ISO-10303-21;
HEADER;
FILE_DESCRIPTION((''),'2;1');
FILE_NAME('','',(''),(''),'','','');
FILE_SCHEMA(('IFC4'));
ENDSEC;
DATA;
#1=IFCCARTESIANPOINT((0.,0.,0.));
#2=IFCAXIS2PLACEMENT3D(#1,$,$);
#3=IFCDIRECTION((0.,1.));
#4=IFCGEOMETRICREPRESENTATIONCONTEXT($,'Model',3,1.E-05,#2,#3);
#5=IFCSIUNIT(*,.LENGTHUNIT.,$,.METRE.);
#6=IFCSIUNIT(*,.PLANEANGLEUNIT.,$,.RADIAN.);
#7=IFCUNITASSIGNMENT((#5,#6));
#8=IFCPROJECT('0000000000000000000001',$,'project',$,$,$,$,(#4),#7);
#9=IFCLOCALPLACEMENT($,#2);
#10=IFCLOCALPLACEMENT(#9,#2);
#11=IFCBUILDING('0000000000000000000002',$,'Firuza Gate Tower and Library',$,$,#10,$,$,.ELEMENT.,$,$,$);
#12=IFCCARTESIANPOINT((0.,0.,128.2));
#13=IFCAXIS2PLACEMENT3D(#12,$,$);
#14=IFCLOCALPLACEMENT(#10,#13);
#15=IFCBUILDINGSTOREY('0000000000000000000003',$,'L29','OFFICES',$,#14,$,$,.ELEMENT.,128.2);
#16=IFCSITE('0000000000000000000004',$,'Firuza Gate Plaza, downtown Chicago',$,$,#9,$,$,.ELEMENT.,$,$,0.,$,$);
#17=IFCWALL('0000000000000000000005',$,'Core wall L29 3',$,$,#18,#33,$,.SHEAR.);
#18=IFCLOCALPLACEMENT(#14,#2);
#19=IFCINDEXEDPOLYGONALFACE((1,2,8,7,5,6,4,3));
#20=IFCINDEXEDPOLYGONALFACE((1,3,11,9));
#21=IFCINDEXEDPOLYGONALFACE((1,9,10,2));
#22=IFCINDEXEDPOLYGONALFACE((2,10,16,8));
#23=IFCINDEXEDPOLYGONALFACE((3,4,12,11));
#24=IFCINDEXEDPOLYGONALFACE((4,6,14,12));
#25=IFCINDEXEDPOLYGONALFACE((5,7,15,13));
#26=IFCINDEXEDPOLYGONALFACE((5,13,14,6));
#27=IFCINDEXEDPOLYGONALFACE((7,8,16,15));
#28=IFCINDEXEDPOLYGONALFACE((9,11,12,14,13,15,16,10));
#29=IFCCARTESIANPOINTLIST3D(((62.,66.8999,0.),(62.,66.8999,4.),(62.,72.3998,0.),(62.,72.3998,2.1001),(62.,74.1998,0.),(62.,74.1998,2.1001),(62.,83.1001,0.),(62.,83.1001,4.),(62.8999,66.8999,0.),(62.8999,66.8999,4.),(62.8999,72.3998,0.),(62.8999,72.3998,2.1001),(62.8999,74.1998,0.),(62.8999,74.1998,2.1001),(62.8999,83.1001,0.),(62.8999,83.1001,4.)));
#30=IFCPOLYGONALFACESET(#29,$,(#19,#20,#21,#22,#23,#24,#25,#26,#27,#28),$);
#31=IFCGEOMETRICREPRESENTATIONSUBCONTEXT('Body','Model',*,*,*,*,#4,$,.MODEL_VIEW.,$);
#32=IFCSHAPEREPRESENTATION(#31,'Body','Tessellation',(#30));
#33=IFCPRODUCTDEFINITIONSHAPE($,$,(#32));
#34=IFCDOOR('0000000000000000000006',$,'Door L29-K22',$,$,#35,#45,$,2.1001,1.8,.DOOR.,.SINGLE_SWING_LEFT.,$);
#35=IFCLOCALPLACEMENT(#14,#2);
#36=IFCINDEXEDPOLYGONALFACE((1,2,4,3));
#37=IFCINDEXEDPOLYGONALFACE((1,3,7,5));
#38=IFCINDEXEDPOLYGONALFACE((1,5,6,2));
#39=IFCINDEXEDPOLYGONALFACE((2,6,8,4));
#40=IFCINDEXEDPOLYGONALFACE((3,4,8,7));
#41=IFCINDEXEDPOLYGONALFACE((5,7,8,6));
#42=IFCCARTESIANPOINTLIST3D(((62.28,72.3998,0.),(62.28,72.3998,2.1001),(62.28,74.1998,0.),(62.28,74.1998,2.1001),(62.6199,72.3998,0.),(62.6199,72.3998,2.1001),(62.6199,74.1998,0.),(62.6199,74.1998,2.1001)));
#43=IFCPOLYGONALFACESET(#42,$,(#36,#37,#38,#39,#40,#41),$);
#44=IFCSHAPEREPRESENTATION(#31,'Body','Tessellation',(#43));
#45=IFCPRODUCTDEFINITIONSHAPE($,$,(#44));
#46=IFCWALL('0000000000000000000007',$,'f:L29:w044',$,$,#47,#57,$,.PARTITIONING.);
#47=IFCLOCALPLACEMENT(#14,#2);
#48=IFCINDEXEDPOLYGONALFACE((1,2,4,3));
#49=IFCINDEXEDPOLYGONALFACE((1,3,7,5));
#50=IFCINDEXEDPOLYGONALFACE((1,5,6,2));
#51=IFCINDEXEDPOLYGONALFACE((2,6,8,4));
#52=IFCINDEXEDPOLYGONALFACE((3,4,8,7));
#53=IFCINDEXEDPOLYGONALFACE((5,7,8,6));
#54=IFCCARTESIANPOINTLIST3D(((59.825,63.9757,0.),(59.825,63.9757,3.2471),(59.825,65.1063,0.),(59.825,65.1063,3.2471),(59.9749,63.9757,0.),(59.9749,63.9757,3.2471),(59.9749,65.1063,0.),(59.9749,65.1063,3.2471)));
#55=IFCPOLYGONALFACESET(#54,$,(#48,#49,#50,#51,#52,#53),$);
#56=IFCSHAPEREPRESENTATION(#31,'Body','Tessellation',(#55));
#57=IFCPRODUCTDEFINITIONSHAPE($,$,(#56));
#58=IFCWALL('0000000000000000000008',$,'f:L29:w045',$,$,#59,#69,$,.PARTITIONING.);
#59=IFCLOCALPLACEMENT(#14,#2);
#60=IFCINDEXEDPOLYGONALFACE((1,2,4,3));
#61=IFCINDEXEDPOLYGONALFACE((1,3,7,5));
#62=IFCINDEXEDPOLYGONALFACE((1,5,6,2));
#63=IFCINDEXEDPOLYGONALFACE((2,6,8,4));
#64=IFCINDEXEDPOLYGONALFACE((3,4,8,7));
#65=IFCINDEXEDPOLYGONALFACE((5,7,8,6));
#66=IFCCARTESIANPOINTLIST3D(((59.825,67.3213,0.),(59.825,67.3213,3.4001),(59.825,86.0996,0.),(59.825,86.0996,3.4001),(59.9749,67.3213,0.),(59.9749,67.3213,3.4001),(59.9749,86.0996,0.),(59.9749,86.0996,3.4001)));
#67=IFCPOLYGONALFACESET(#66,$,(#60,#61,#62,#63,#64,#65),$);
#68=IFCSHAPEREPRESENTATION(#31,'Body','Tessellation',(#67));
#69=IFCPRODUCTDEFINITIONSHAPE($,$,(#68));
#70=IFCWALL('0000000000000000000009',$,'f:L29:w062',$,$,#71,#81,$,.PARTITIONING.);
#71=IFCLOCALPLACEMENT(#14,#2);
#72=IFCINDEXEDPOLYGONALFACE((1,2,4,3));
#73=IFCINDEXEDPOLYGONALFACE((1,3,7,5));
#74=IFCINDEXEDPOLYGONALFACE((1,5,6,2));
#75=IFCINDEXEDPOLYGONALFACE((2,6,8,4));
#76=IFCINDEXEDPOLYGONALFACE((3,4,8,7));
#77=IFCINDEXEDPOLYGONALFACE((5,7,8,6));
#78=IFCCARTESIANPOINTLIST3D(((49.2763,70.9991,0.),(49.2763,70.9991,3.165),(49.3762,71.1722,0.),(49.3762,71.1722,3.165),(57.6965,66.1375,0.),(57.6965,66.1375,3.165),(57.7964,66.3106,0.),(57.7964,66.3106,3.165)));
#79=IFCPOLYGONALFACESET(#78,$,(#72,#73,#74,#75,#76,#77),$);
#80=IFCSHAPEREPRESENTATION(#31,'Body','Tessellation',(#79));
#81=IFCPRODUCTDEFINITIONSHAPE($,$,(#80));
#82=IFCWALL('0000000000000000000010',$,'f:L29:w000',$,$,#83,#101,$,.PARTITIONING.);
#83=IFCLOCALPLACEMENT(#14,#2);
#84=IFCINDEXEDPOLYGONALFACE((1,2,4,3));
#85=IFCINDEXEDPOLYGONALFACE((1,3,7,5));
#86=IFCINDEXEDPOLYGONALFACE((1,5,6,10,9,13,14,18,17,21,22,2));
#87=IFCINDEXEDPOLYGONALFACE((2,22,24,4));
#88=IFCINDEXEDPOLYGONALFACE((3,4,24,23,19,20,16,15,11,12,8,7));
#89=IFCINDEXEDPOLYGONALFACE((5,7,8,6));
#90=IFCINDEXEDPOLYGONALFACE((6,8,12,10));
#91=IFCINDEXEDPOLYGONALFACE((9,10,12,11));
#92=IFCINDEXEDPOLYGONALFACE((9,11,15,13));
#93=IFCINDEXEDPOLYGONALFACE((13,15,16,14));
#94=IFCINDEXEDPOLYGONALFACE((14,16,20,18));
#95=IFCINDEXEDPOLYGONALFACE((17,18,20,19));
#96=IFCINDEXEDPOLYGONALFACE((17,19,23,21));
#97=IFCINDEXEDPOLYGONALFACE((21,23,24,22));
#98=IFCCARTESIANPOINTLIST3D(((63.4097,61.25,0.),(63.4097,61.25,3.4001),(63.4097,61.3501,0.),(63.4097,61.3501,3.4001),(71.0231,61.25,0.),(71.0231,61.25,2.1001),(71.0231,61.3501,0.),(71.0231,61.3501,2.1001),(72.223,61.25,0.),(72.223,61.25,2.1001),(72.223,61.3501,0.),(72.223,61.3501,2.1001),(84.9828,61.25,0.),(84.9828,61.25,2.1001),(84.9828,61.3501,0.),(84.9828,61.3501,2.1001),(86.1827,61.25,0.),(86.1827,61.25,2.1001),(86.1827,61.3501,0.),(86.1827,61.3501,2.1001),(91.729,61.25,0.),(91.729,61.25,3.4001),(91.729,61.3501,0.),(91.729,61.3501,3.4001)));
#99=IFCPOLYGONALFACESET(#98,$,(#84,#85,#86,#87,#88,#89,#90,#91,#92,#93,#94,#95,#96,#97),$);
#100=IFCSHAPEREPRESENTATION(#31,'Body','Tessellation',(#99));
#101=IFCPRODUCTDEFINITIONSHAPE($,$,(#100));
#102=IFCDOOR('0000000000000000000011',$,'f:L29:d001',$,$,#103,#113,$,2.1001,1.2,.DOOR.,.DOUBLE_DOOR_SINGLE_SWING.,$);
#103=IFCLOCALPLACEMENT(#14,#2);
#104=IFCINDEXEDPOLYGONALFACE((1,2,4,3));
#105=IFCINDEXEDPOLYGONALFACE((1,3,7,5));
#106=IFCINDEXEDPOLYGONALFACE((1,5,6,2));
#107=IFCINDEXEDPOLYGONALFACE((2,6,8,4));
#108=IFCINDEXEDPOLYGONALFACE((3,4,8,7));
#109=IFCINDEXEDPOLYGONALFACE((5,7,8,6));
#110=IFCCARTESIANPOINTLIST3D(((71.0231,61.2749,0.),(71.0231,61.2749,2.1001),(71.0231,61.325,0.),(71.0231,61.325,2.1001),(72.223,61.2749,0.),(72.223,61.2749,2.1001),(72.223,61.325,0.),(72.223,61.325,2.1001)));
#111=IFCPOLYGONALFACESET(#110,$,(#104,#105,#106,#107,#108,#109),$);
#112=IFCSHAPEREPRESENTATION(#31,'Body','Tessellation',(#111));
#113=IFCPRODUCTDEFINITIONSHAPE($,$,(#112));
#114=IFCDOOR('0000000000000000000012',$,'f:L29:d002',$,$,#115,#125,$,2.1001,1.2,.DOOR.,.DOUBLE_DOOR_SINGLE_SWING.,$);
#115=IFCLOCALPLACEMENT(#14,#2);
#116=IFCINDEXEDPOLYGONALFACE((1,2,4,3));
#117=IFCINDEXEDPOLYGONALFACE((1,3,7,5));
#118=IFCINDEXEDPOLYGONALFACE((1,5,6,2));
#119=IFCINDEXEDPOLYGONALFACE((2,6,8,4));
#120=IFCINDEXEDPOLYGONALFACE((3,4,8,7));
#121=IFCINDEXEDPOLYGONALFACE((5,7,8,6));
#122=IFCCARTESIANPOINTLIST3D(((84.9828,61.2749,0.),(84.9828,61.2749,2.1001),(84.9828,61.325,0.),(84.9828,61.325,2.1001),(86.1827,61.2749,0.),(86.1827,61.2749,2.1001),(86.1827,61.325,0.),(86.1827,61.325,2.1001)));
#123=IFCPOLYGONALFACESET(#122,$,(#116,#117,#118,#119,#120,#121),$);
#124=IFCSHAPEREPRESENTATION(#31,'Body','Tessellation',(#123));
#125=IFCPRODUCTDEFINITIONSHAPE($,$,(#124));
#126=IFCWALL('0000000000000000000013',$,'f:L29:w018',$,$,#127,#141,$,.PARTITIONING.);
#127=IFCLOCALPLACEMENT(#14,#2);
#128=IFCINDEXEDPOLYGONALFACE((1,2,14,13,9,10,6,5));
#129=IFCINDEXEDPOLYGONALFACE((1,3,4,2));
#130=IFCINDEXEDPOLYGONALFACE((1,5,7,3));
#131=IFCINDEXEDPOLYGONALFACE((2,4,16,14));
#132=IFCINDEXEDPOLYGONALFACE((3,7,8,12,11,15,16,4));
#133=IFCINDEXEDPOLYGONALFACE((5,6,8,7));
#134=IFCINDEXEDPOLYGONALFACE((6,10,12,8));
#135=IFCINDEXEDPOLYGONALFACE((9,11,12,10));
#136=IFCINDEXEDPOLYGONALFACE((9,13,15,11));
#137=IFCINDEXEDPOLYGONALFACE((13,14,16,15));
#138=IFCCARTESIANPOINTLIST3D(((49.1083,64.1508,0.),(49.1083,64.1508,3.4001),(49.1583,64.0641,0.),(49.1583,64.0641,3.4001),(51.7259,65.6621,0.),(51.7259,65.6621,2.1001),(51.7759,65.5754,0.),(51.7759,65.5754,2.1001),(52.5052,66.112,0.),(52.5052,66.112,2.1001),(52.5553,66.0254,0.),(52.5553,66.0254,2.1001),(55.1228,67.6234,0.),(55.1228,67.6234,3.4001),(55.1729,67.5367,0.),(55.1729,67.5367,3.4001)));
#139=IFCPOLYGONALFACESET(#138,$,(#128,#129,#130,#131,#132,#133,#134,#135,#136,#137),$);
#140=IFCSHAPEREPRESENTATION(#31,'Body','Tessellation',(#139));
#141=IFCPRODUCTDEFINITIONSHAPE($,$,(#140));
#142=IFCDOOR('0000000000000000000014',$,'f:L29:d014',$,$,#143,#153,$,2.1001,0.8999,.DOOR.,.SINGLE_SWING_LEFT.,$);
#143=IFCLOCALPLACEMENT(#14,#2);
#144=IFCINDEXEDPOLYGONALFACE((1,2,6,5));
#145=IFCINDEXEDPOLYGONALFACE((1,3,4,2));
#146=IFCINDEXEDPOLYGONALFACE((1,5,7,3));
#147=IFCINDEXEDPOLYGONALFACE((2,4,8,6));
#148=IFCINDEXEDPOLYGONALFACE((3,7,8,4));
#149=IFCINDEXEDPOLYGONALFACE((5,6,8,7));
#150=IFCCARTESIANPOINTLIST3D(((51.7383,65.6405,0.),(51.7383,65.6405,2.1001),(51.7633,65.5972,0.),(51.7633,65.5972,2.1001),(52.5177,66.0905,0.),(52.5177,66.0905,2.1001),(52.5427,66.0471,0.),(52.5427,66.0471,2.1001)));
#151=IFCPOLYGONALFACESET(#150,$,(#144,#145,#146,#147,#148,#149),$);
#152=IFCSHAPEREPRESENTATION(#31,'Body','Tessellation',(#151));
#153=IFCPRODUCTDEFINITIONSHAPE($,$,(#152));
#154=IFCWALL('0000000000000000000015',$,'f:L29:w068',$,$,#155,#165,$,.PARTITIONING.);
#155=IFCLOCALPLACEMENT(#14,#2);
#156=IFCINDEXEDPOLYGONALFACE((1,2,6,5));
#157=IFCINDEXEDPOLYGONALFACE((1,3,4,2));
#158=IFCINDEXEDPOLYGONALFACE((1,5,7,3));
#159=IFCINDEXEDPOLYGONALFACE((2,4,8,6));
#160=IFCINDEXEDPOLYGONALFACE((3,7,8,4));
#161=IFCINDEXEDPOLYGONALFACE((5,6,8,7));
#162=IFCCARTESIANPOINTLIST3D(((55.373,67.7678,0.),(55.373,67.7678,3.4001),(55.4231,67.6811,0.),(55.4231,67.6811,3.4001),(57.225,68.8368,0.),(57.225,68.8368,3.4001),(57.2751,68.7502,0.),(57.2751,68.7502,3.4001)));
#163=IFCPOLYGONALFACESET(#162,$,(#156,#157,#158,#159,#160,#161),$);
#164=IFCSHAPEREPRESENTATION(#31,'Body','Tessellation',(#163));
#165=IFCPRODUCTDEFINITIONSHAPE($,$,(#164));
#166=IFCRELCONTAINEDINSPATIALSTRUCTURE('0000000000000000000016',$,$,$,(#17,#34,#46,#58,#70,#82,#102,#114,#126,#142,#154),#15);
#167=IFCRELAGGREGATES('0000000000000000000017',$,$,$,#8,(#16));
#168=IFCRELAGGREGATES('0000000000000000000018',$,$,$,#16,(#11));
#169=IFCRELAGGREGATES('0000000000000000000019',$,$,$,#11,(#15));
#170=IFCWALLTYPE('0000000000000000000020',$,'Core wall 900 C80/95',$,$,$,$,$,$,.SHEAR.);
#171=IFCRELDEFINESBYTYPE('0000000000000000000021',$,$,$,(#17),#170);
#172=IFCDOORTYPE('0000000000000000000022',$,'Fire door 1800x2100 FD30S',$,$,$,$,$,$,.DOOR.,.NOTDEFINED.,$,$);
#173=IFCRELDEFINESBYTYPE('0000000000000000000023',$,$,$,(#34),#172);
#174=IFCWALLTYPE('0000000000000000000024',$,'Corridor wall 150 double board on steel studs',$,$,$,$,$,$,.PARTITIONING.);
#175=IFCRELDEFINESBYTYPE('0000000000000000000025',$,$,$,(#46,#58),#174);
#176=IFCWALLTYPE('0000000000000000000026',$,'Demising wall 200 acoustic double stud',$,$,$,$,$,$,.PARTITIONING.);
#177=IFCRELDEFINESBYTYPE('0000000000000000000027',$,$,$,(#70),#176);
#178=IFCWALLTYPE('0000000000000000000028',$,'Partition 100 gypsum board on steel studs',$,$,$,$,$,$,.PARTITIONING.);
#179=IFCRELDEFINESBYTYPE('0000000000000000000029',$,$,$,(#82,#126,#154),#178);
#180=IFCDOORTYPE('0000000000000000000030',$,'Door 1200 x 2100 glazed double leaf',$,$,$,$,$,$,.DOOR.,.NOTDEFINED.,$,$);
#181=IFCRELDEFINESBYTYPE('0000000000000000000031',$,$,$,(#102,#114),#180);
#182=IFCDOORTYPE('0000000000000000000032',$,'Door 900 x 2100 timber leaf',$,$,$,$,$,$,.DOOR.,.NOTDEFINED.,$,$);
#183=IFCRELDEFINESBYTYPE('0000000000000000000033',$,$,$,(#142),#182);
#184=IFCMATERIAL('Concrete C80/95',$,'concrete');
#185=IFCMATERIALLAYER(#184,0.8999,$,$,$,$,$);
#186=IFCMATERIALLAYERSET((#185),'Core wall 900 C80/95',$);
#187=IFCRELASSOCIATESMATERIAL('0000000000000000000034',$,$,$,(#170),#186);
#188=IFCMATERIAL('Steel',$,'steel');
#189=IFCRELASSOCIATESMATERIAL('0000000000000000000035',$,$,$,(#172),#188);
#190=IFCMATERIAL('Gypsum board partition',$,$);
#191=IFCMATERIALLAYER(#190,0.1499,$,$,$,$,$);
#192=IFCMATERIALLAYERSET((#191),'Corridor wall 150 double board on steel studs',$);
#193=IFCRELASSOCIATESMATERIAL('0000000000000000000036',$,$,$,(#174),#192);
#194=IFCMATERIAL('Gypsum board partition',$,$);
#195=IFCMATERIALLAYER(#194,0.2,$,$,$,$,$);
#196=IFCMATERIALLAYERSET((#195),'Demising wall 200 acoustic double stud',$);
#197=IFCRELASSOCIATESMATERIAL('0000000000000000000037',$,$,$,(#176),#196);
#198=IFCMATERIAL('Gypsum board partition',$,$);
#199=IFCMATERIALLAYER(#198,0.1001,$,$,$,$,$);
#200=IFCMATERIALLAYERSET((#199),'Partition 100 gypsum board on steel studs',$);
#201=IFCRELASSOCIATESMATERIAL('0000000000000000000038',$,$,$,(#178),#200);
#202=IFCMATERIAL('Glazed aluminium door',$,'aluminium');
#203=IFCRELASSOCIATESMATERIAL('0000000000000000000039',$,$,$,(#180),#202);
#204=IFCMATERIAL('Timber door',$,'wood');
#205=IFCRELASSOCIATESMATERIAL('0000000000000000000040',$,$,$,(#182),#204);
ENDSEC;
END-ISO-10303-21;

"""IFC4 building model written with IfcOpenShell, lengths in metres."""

from ifc_helpers import new_model, si_unit, direction, frame, frame_2d, origin, place, context, subcontext, project, spatial, rectangle, extrude, material, layer, layer_set, type_object, element, fill, save


model = new_model("IFC4")

# Units and contexts
model_context = context("Model", 3, precision=1e-05, world=origin(), true_north=direction((0.0, 1.0)))
body_context = subcontext(model_context, "Body", "Model", "MODEL_VIEW")
ifc_project = project(units=[si_unit("LENGTHUNIT", "METRE"), si_unit("PLANEANGLEUNIT", "RADIAN")], contexts=[model_context])

# Site, building, storey
site_placement = place(None, origin())
site = spatial("IfcSite", under=ifc_project, at=site_placement, Name="Firuza Gate Plaza, downtown Chicago", CompositionType="ELEMENT", RefElevation=0.0)
building_placement = place(site_placement, origin())
building = spatial("IfcBuilding", under=site, at=building_placement, Name="Firuza Gate Tower and Library", CompositionType="ELEMENT")
storey_placement = place(building_placement, frame((0.0, 0.0, 128.2)))
storey = spatial("IfcBuildingStorey", under=building, at=storey_placement, Name="L29", Description="OFFICES", CompositionType="ELEMENT", Elevation=128.2)

# Shared definitions
ifc_material_1 = material(Name="Concrete C80/95", Category="concrete")
ifc_layer_1 = layer(ifc_material_1, 0.8999)
ifc_layer_set_1 = layer_set([ifc_layer_1], Name="Core wall 900 C80/95")
wall_type_1 = type_object("IfcWallType", Name="Core wall 900 C80/95", PredefinedType="SHEAR", material=ifc_layer_set_1)

# Wall, opening, door
wall_1_placement = place(storey_placement, frame((62.45, 66.8999, 0.0), z_axis=(0.0, 0.0, 1.0), x_axis=(0.0, 1.0, 0.0)))
wall_1 = element("IfcWall", 1, at=wall_1_placement, inside=storey, type_object=wall_type_1, Name="Core wall L29 3", PredefinedType="SHEAR", context=body_context, shape_type="SweptSolid", body=[
    extrude(rectangle(XDim=16.2002, YDim=0.8999, at=frame_2d((8.1001, 0.0))), origin(), (0.0, 0.0, 1.0), 4.0),
])
opening_1_placement = place(wall_1_placement, frame((5.5, 0.0, 0.0)))
opening_1 = element("IfcOpeningElement", 2, at=opening_1_placement, cuts=wall_1, PredefinedType="OPENING", context=body_context, shape_type="SweptSolid", body=[
    extrude(rectangle(XDim=1.8, YDim=2.1001, at=frame_2d((0.8999, 1.05))), frame((0.0, 0.46, 0.0), z_axis=(0.0, -1.0, 0.0), x_axis=(1.0, 0.0, 0.0)), (0.0, 0.0, 1.0), 0.9199),
])
ifc_material_2 = material(Name="Steel", Category="steel")
door_type_1 = type_object("IfcDoorType", Name="Fire door 1800x2100 FD30S", OperationType="NOTDEFINED", PredefinedType="DOOR", material=ifc_material_2)
door_1_placement = place(opening_1_placement, origin())
door_1 = element("IfcDoor", 3, at=door_1_placement, inside=storey, type_object=door_type_1, Name="Door L29-K22", OperationType="SINGLE_SWING_LEFT", OverallHeight=2.1001, OverallWidth=1.8, PredefinedType="DOOR", context=body_context, shape_type="SweptSolid", body=[
    extrude(rectangle(XDim=1.8, YDim=2.1001, at=frame_2d((0.8999, 1.05))), frame((0.0, 0.1699, 0.0), z_axis=(0.0, -1.0, 0.0), x_axis=(1.0, 0.0, 0.0)), (0.0, 0.0, 1.0), 0.3398),
])
fill(opening_1, door_1)

# Walls
ifc_material_3 = material(Name="Gypsum board partition")
ifc_layer_2 = layer(ifc_material_3, 0.1499)
ifc_layer_set_2 = layer_set([ifc_layer_2], Name="Corridor wall 150 double board on steel studs")
wall_type_2 = type_object("IfcWallType", Name="Corridor wall 150 double board on steel studs", PredefinedType="PARTITIONING", material=ifc_layer_set_2)
wall_2_placement = place(storey_placement, frame((59.8999, 63.9756, 0.0), z_axis=(0.0, 0.0, 1.0), x_axis=(0.0, 1.0, 0.0)))
element("IfcWall", 4, at=wall_2_placement, inside=storey, type_object=wall_type_2, Name="f:L29:w044", PredefinedType="PARTITIONING", context=body_context, shape_type="SweptSolid", body=[
    extrude(rectangle(XDim=1.1306, YDim=0.1499, at=frame_2d((0.5654, 0.0))), origin(), (0.0, 0.0, 1.0), 3.2471),
])
wall_3_placement = place(storey_placement, frame((59.8999, 67.3213, 0.0), z_axis=(0.0, 0.0, 1.0), x_axis=(0.0, 1.0, 0.0)))
element("IfcWall", 5, at=wall_3_placement, inside=storey, type_object=wall_type_2, Name="f:L29:w045", PredefinedType="PARTITIONING", context=body_context, shape_type="SweptSolid", body=[
    extrude(rectangle(XDim=18.7783, YDim=0.1499, at=frame_2d((9.3892, 0.0))), origin(), (0.0, 0.0, 1.0), 3.4001),
])
ifc_material_4 = material(Name="Gypsum board partition")
ifc_layer_3 = layer(ifc_material_4, 0.2)
ifc_layer_set_3 = layer_set([ifc_layer_3], Name="Demising wall 200 acoustic double stud")
wall_type_3 = type_object("IfcWallType", Name="Demising wall 200 acoustic double stud", PredefinedType="PARTITIONING", material=ifc_layer_set_3)
wall_4_placement = place(storey_placement, frame((57.7463, 66.2241, 0.0), z_axis=(0.0, 0.0, 1.0), x_axis=(-0.866017, 0.500014, 0.0)))
element("IfcWall", 6, at=wall_4_placement, inside=storey, type_object=wall_type_3, Name="f:L29:w062", PredefinedType="PARTITIONING", context=body_context, shape_type="SweptSolid", body=[
    extrude(rectangle(XDim=9.7229, YDim=0.2, at=frame_2d((4.8613, 0.0))), origin(), (0.0, 0.0, 1.0), 3.165),
])

# Wall, openings, doors
ifc_material_5 = material(Name="Gypsum board partition")
ifc_layer_4 = layer(ifc_material_5, 0.1001)
ifc_layer_set_4 = layer_set([ifc_layer_4], Name="Partition 100 gypsum board on steel studs")
wall_type_4 = type_object("IfcWallType", Name="Partition 100 gypsum board on steel studs", PredefinedType="PARTITIONING", material=ifc_layer_set_4)
wall_5_placement = place(storey_placement, frame((63.4097, 61.3, 0.0), z_axis=(0.0, 0.0, 1.0), x_axis=(1.0, 0.0, 0.0)))
wall_5 = element("IfcWall", 7, at=wall_5_placement, inside=storey, type_object=wall_type_4, Name="f:L29:w000", PredefinedType="PARTITIONING", context=body_context, shape_type="SweptSolid", body=[
    extrude(rectangle(XDim=28.3193, YDim=0.1001, at=frame_2d((14.1597, 0.0))), origin(), (0.0, 0.0, 1.0), 3.4001),
])
opening_2_placement = place(wall_5_placement, frame((7.6133, 0.0, 0.0)))
opening_2 = element("IfcOpeningElement", 8, at=opening_2_placement, cuts=wall_5, PredefinedType="OPENING", context=body_context, shape_type="SweptSolid", body=[
    extrude(rectangle(XDim=1.2, YDim=2.1001, at=frame_2d((0.6001, 1.05))), frame((0.0, 0.0601, 0.0), z_axis=(0.0, -1.0, 0.0), x_axis=(1.0, 0.0, 0.0)), (0.0, 0.0, 1.0), 0.1201),
])
opening_3_placement = place(wall_5_placement, frame((21.573, 0.0, 0.0)))
opening_3 = element("IfcOpeningElement", 9, at=opening_3_placement, cuts=wall_5, PredefinedType="OPENING", context=body_context, shape_type="SweptSolid", body=[
    extrude(rectangle(XDim=1.2, YDim=2.1001, at=frame_2d((0.6001, 1.05))), frame((0.0, 0.0601, 0.0), z_axis=(0.0, -1.0, 0.0), x_axis=(1.0, 0.0, 0.0)), (0.0, 0.0, 1.0), 0.1201),
])
ifc_material_6 = material(Name="Glazed aluminium door", Category="aluminium")
door_type_2 = type_object("IfcDoorType", Name="Door 1200 x 2100 glazed double leaf", OperationType="NOTDEFINED", PredefinedType="DOOR", material=ifc_material_6)
door_2_placement = place(opening_2_placement, origin())
door_2 = element("IfcDoor", 10, at=door_2_placement, inside=storey, type_object=door_type_2, Name="f:L29:d001", OperationType="DOUBLE_DOOR_SINGLE_SWING", OverallHeight=2.1001, OverallWidth=1.2, PredefinedType="DOOR", context=body_context, shape_type="SweptSolid", body=[
    extrude(rectangle(XDim=1.2, YDim=2.1001, at=frame_2d((0.6001, 1.05))), frame((0.0, 0.0249, 0.0), z_axis=(0.0, -1.0, 0.0), x_axis=(1.0, 0.0, 0.0)), (0.0, 0.0, 1.0), 0.05),
])
fill(opening_2, door_2)
door_3_placement = place(opening_3_placement, origin())
door_3 = element("IfcDoor", 11, at=door_3_placement, inside=storey, type_object=door_type_2, Name="f:L29:d002", OperationType="DOUBLE_DOOR_SINGLE_SWING", OverallHeight=2.1001, OverallWidth=1.2, PredefinedType="DOOR", context=body_context, shape_type="SweptSolid", body=[
    extrude(rectangle(XDim=1.2, YDim=2.1001, at=frame_2d((0.6001, 1.05))), frame((0.0, 0.0249, 0.0), z_axis=(0.0, -1.0, 0.0), x_axis=(1.0, 0.0, 0.0)), (0.0, 0.0, 1.0), 0.05),
])
fill(opening_3, door_3)

# Wall, opening, door
wall_6_placement = place(storey_placement, frame((55.1479, 67.5801, 0.0), z_axis=(0.0, 0.0, 1.0), x_axis=(-0.866019, -0.500011, 0.0)))
wall_6 = element("IfcWall", 12, at=wall_6_placement, inside=storey, type_object=wall_type_4, Name="f:L29:w018", PredefinedType="PARTITIONING", context=body_context, shape_type="SweptSolid", body=[
    extrude(rectangle(XDim=6.9451, YDim=0.1001, at=frame_2d((3.4727, 0.0))), origin(), (0.0, 0.0, 1.0), 3.4001),
])
opening_4_placement = place(wall_6_placement, frame((3.0227, 0.0, 0.0)))
opening_4 = element("IfcOpeningElement", 13, at=opening_4_placement, cuts=wall_6, PredefinedType="OPENING", context=body_context, shape_type="SweptSolid", body=[
    extrude(rectangle(XDim=0.8999, YDim=2.1001, at=frame_2d((0.45, 1.05))), frame((0.0, 0.0601, 0.0), z_axis=(0.0, -1.0, 0.0), x_axis=(1.0, 0.0, 0.0)), (0.0, 0.0, 1.0), 0.1201),
])
ifc_material_7 = material(Name="Timber door", Category="wood")
door_type_3 = type_object("IfcDoorType", Name="Door 900 x 2100 timber leaf", OperationType="NOTDEFINED", PredefinedType="DOOR", material=ifc_material_7)
door_4_placement = place(opening_4_placement, origin())
door_4 = element("IfcDoor", 14, at=door_4_placement, inside=storey, type_object=door_type_3, Name="f:L29:d014", OperationType="SINGLE_SWING_LEFT", OverallHeight=2.1001, OverallWidth=0.8999, PredefinedType="DOOR", context=body_context, shape_type="SweptSolid", body=[
    extrude(rectangle(XDim=0.8999, YDim=2.1001, at=frame_2d((0.45, 1.05))), frame((0.0, 0.0249, 0.0), z_axis=(0.0, -1.0, 0.0), x_axis=(1.0, 0.0, 0.0)), (0.0, 0.0, 1.0), 0.05),
])
fill(opening_4, door_4)

# Wall
wall_7_placement = place(storey_placement, frame((55.3979, 67.7244, 0.0), z_axis=(0.0, 0.0, 1.0), x_axis=(0.866064, 0.499933, 0.0)))
element("IfcWall", 15, at=wall_7_placement, inside=storey, type_object=wall_type_4, Name="f:L29:w068", PredefinedType="PARTITIONING", context=body_context, shape_type="SweptSolid", body=[
    extrude(rectangle(XDim=2.1384, YDim=0.1001, at=frame_2d((1.0693, 0.0))), origin(), (0.0, 0.0, 1.0), 3.4001),
])

save(model, "model.ifc")
